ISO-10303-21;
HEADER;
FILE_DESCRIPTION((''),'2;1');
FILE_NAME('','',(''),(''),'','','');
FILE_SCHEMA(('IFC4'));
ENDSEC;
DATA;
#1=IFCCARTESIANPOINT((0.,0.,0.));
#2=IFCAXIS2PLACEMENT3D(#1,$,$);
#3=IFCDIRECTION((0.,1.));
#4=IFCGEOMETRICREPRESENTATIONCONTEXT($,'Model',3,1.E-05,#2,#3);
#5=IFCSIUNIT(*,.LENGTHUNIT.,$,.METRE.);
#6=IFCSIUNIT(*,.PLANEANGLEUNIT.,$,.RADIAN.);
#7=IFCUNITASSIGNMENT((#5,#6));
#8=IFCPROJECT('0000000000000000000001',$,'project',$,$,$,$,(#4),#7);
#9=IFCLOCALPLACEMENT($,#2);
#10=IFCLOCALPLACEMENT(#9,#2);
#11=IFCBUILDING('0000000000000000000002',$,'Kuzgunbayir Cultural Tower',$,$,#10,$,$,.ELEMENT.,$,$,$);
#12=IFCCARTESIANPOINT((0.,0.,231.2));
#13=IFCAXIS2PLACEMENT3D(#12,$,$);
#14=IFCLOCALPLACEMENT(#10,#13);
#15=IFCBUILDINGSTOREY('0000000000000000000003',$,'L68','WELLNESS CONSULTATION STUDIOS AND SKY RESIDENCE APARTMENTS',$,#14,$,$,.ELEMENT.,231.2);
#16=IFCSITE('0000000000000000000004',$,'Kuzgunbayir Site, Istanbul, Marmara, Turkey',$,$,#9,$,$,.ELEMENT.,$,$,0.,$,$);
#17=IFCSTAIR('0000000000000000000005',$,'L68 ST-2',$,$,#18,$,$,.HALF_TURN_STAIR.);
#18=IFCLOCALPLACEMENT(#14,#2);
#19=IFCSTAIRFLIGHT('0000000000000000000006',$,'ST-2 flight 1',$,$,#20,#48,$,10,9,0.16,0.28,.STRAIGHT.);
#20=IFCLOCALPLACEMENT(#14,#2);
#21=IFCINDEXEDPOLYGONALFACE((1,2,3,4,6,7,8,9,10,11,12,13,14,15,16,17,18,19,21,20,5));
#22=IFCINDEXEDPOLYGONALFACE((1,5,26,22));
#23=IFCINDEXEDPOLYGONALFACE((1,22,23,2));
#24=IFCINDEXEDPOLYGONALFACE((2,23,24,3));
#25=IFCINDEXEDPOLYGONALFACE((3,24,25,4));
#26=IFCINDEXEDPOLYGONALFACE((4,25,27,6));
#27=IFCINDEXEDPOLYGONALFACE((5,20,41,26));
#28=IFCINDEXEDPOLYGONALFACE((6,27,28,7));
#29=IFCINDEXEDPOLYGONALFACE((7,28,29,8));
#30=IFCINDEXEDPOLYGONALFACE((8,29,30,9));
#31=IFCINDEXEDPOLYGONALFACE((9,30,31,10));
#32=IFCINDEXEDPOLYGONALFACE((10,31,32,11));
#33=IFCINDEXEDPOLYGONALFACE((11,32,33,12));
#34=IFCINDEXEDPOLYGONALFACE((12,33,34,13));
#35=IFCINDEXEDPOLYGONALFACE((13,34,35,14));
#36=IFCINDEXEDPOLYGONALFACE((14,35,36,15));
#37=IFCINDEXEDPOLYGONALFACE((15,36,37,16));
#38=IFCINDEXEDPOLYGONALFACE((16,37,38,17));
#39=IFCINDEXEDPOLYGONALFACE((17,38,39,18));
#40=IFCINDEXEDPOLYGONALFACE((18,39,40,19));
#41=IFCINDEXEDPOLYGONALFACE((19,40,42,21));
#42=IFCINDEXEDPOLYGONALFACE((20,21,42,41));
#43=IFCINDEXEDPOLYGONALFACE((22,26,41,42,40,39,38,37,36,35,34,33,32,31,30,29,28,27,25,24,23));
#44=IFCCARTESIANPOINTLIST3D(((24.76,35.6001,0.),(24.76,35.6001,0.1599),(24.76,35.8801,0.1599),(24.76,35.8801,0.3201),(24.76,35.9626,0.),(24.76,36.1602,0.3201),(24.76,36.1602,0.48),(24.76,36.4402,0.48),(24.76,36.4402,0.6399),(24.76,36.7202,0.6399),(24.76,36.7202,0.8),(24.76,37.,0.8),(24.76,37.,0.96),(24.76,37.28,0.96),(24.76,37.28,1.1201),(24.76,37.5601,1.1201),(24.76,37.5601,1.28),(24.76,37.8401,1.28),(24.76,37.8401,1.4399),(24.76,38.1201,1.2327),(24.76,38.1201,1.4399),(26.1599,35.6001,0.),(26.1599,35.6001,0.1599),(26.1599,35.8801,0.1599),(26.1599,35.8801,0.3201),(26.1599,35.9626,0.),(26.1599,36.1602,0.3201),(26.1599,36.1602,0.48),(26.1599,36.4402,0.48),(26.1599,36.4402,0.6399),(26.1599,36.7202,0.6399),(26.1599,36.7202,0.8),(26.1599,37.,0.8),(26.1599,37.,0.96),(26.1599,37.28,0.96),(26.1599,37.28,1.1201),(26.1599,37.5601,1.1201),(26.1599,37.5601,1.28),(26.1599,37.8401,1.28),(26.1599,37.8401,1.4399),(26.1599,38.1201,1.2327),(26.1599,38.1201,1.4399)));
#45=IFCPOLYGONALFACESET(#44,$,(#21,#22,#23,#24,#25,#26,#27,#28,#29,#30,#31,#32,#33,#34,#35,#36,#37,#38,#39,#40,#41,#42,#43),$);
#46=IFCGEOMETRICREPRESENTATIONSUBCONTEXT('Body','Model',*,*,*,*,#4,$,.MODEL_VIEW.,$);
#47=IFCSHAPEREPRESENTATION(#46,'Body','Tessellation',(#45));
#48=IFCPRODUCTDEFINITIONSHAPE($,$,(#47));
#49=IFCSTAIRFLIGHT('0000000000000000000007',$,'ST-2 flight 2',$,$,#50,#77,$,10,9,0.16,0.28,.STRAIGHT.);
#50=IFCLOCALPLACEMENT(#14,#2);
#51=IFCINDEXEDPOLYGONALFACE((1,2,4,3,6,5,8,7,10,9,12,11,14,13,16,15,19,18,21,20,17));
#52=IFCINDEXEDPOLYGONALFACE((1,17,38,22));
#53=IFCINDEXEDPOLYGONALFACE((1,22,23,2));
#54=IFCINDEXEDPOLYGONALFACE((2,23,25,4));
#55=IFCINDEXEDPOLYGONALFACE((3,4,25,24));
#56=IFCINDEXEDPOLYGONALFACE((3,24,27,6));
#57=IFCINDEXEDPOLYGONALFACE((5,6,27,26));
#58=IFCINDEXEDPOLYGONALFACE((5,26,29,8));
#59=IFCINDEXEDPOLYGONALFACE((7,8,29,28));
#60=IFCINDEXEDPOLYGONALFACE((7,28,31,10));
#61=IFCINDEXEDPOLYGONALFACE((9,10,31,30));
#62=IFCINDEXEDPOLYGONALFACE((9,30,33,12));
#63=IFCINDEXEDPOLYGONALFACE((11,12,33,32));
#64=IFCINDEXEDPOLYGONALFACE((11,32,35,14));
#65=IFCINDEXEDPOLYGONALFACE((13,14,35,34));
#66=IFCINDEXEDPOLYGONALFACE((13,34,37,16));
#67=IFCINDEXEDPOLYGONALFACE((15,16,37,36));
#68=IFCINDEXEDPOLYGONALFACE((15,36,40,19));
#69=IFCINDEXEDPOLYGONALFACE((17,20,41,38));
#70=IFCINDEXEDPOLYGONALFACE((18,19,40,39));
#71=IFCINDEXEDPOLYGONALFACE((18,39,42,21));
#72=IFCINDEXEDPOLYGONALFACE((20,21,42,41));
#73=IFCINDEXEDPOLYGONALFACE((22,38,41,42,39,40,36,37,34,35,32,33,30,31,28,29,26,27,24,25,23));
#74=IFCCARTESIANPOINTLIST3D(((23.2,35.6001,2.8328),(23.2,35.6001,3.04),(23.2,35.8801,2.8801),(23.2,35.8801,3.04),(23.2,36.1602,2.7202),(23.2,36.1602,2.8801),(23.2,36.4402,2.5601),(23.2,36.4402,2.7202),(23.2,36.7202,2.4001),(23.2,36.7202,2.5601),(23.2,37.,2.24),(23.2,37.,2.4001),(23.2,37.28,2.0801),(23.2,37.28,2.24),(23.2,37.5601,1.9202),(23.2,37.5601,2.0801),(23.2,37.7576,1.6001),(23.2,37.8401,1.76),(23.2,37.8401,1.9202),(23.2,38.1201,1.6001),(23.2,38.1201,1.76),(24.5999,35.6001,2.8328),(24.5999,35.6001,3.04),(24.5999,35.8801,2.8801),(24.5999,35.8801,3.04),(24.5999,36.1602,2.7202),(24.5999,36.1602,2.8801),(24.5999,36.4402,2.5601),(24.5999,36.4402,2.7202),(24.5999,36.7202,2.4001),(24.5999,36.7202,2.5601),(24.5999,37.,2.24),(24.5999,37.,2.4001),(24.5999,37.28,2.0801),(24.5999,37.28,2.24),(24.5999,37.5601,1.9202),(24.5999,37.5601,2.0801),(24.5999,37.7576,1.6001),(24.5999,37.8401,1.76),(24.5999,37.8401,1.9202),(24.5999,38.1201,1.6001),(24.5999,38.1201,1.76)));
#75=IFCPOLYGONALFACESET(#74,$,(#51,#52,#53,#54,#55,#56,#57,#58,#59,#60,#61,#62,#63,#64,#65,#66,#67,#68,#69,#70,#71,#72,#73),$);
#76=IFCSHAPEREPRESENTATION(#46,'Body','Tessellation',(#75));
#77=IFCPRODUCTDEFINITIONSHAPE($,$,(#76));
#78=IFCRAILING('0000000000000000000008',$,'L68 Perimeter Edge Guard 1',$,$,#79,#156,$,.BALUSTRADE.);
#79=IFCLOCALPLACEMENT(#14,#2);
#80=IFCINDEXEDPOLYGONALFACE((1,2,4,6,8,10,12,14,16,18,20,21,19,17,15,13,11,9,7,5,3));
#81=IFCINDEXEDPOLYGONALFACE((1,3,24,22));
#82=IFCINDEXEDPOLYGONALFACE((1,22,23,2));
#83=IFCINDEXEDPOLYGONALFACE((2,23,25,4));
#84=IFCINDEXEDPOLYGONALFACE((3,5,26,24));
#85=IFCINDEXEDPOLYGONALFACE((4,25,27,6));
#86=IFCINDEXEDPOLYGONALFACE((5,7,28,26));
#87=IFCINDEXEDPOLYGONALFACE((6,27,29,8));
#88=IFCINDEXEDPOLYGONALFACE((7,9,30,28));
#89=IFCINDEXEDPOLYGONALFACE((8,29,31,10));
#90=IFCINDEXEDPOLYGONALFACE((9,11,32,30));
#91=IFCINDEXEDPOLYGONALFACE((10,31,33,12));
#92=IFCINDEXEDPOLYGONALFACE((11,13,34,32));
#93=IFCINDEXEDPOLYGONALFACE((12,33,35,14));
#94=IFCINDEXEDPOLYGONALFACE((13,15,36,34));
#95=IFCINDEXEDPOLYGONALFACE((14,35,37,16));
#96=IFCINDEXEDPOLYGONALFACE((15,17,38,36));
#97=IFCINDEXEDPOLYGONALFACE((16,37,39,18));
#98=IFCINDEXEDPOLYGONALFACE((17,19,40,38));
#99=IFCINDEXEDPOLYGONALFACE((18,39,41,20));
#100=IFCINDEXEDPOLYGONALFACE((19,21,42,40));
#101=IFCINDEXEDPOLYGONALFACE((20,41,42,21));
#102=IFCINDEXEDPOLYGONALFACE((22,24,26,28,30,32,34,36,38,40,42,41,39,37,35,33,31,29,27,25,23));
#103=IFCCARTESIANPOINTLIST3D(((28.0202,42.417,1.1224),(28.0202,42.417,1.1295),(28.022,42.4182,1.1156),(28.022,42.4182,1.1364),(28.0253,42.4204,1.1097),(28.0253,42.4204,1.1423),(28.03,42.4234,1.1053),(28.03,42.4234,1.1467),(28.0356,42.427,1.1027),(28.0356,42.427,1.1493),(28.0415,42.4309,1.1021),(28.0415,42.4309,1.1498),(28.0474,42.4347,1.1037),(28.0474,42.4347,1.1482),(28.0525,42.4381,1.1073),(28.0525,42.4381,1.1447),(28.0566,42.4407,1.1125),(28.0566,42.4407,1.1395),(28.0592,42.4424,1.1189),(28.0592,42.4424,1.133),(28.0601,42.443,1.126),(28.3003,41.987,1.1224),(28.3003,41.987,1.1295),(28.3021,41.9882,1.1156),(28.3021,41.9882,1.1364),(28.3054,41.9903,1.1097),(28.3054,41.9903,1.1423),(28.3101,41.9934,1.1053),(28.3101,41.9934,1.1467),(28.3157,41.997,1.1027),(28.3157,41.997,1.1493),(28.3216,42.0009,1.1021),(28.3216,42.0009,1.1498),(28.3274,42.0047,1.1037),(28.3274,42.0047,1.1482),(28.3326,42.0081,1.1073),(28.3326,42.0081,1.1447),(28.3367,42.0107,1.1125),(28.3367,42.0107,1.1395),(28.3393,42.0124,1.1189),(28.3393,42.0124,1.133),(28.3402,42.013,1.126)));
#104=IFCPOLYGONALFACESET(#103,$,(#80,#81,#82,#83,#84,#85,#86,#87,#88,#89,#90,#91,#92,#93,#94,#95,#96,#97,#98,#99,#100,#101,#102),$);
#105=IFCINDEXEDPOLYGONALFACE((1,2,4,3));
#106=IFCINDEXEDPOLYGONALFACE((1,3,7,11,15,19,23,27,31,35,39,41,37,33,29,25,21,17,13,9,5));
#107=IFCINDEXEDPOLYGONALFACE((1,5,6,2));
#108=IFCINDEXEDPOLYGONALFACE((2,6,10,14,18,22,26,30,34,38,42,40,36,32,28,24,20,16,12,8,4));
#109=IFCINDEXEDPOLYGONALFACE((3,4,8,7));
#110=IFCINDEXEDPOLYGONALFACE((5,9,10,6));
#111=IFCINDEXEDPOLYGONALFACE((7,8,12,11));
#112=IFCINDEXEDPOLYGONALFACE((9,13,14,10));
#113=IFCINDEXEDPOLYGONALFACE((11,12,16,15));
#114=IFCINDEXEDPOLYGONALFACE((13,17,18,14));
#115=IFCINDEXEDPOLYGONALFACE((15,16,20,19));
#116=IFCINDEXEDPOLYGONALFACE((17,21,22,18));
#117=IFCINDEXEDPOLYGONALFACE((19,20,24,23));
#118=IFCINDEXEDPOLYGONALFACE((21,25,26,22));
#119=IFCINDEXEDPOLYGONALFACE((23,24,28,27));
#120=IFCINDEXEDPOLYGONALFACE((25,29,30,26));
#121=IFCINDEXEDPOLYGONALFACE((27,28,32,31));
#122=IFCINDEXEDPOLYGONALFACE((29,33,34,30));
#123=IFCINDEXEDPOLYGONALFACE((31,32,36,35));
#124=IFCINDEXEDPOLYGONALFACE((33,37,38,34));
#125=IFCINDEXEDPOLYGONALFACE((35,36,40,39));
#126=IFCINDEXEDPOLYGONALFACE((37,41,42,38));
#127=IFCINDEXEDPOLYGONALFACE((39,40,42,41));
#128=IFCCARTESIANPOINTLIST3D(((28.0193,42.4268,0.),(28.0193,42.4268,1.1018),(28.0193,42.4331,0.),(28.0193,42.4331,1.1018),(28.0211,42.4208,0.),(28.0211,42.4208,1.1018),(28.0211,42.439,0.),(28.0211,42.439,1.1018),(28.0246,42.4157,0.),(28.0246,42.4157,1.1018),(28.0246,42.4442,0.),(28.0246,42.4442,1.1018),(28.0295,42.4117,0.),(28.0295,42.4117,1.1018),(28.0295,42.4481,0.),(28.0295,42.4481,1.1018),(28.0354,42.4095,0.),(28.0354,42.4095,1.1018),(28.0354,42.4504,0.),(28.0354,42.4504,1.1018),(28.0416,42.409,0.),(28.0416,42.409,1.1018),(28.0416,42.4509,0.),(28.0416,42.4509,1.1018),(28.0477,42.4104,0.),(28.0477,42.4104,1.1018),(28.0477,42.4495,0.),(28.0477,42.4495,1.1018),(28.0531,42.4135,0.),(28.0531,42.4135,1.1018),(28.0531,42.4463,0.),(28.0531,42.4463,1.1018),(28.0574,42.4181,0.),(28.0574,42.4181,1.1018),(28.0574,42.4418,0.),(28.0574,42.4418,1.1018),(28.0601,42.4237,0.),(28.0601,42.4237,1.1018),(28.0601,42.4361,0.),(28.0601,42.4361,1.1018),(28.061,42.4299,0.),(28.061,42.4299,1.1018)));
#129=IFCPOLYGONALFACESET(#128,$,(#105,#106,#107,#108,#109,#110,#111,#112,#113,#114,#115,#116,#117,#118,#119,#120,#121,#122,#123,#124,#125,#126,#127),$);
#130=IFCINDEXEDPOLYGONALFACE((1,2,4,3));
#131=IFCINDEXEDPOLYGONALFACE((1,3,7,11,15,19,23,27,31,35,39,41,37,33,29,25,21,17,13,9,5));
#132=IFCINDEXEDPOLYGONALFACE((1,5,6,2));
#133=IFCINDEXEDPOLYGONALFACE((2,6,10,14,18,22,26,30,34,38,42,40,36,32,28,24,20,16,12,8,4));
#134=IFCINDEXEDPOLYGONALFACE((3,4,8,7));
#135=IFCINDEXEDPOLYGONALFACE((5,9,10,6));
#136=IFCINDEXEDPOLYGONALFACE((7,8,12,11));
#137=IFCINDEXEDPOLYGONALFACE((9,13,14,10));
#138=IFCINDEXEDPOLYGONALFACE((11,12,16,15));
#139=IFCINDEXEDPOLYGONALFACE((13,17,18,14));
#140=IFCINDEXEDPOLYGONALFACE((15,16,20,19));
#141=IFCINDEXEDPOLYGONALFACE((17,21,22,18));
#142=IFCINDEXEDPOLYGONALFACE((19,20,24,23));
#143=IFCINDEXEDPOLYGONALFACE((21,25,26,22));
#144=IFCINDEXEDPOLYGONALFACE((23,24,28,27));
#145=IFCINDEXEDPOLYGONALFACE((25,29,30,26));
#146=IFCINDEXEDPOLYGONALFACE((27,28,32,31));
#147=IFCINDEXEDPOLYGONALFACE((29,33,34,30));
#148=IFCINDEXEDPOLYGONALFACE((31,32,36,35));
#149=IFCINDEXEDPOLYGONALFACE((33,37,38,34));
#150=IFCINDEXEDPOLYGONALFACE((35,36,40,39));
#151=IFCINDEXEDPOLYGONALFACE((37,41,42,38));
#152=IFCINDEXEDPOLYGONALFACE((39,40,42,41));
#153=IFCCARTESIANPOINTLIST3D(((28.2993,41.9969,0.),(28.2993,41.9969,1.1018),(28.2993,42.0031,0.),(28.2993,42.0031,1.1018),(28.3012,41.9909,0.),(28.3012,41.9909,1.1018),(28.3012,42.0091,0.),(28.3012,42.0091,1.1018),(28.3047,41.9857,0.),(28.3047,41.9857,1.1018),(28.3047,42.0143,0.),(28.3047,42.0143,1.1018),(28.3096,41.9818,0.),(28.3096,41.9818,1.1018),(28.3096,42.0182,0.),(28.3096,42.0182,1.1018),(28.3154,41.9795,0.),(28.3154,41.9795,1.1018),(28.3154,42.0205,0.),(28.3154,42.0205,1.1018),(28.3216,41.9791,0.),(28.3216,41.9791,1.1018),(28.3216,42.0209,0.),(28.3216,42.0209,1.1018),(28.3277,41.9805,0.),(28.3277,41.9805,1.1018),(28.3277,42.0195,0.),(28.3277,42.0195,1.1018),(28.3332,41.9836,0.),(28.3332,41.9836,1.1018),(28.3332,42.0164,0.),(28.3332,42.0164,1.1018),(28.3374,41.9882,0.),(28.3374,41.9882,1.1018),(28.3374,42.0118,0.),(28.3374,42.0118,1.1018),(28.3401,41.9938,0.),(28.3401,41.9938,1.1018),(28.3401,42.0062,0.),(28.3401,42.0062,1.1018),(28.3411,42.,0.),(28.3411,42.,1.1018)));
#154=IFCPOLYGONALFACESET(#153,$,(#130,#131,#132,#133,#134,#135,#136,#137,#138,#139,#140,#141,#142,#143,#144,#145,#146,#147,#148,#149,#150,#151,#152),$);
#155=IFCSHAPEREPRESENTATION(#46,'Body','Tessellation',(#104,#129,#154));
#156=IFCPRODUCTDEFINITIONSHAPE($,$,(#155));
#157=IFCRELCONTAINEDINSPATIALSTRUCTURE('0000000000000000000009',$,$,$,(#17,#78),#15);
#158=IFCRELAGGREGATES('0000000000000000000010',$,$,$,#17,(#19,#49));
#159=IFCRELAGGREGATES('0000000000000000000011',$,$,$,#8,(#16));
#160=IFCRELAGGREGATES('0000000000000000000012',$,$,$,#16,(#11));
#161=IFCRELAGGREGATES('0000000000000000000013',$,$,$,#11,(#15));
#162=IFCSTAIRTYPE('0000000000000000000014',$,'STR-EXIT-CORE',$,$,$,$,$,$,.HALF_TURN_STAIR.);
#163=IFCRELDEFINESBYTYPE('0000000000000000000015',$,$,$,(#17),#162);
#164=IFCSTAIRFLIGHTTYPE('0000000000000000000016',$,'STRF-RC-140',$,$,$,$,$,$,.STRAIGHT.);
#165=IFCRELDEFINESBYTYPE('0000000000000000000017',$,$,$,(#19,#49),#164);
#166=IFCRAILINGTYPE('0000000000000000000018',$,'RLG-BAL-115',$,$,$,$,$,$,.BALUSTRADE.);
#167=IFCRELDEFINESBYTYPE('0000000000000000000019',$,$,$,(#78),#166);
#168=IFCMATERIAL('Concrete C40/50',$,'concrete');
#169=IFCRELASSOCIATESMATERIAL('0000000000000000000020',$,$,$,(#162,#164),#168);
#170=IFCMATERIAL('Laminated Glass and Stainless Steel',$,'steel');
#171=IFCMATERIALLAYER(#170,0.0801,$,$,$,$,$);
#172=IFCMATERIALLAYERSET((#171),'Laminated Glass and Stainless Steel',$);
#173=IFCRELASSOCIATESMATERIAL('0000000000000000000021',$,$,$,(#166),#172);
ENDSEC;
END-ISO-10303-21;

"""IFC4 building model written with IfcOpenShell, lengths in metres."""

from ifc_helpers import new_model, si_unit, direction, frame, origin, origin_2d, place, context, subcontext, project, spatial, polyline, circle, outline, extrude, material, layer, layer_set, type_object, element, aggregate, save


model = new_model("IFC4")

# Units and contexts
model_context = context("Model", 3, precision=1e-05, world=origin(), true_north=direction((0.0, 1.0)))
body_context = subcontext(model_context, "Body", "Model", "MODEL_VIEW")
ifc_project = project(units=[si_unit("LENGTHUNIT", "METRE"), si_unit("PLANEANGLEUNIT", "RADIAN")], contexts=[model_context])

# Site, building, storey
site_placement = place(None, origin())
site = spatial("IfcSite", under=ifc_project, at=site_placement, Name="Kuzgunbayir Site, Istanbul, Marmara, Turkey", CompositionType="ELEMENT", RefElevation=0.0)
building_placement = place(site_placement, origin())
building = spatial("IfcBuilding", under=site, at=building_placement, Name="Kuzgunbayir Cultural Tower", CompositionType="ELEMENT")
storey_placement = place(building_placement, frame((0.0, 0.0, 231.2)))
storey = spatial("IfcBuildingStorey", under=building, at=storey_placement, Name="L68", Description="WELLNESS CONSULTATION STUDIOS AND SKY RESIDENCE APARTMENTS", CompositionType="ELEMENT", Elevation=231.2)

# Shared definitions
ifc_material_1 = material(Name="Concrete C40/50", Category="concrete")

# Stair, stair flights
stair_type = type_object("IfcStairType", Name="STR-EXIT-CORE", PredefinedType="HALF_TURN_STAIR", material=ifc_material_1)
stair_placement = place(storey_placement, origin())
stair = element("IfcStair", 1, at=stair_placement, inside=storey, type_object=stair_type, Name="L68 ST-2", PredefinedType="HALF_TURN_STAIR")
stair_flight_type = type_object("IfcStairFlightType", Name="STRF-RC-140", PredefinedType="STRAIGHT", material=ifc_material_1)
stair_flight_1_placement = place(storey_placement, frame((25.46, 35.6001, 0.0), z_axis=(0.0, 0.0, 1.0), x_axis=(0.0, 1.0, 0.0)))
stair_flight_1 = element("IfcStairFlight", 2, at=stair_flight_1_placement, type_object=stair_flight_type, Name="ST-2 flight 1", NumberOfRisers=10, NumberOfTreads=9, PredefinedType="STRAIGHT", RiserHeight=0.16, TreadLength=0.28, context=body_context, shape_type="SweptSolid", body=[
    extrude(outline(polyline([(0.0, 0.0), (0.0, 0.1599), (0.28, 0.1599), (0.28, 0.3201), (0.5601, 0.3201), (0.5601, 0.48), (0.8401, 0.48), (0.8401, 0.6399), (1.1201, 0.6399), (1.1201, 0.8), (1.3999, 0.8), (1.3999, 0.96), (1.6799, 0.96), (1.6799, 1.1201), (1.96, 1.1201), (1.96, 1.28), (2.24, 1.28), (2.24, 1.4399), (2.52, 1.4399), (2.52, 1.6001), (2.52, 1.2327), (0.3625, 0.0), (0.0, 0.0)])), frame((0.0, 0.7, 0.0), z_axis=(0.0, -1.0, 0.0), x_axis=(1.0, 0.0, 0.0)), (0.0, 0.0, 1.0), 1.3999),
])
stair_flight_2_placement = place(storey_placement, frame((23.8999, 38.1201, 1.6001), z_axis=(0.0, 0.0, 1.0), x_axis=(0.0, -1.0, 0.0)))
stair_flight_2 = element("IfcStairFlight", 3, at=stair_flight_2_placement, type_object=stair_flight_type, Name="ST-2 flight 2", NumberOfRisers=10, NumberOfTreads=9, PredefinedType="STRAIGHT", RiserHeight=0.16, TreadLength=0.28, context=body_context, shape_type="SweptSolid", body=[
    extrude(outline(polyline([(0.0, 0.0), (0.0, 0.1599), (0.28, 0.1599), (0.28, 0.3201), (0.5601, 0.3201), (0.5601, 0.48), (0.8401, 0.48), (0.8401, 0.6399), (1.1201, 0.6399), (1.1201, 0.8), (1.3999, 0.8), (1.3999, 0.96), (1.6799, 0.96), (1.6799, 1.1201), (1.96, 1.1201), (1.96, 1.28), (2.24, 1.28), (2.24, 1.4399), (2.52, 1.4399), (2.52, 1.6001), (2.52, 1.2327), (0.3625, 0.0), (0.0, 0.0)])), frame((0.0, 0.7, 0.0), z_axis=(0.0, -1.0, 0.0), x_axis=(1.0, 0.0, 0.0)), (0.0, 0.0, 1.0), 1.3999),
])
aggregate(stair, [stair_flight_1, stair_flight_2])

# Railing
ifc_material_2 = material(Name="Laminated Glass and Stainless Steel", Category="steel")
ifc_layer_1 = layer(ifc_material_2, 0.0801)
ifc_layer_set_1 = layer_set([ifc_layer_1], Name="Laminated Glass and Stainless Steel")
railing_type_1 = type_object("IfcRailingType", Name="RLG-BAL-115", PredefinedType="BALUSTRADE", material=ifc_layer_set_1)
railing_1_placement = place(storey_placement, frame((28.04, 42.4299, 0.0)))
element("IfcRailing", 4, at=railing_1_placement, inside=storey, type_object=railing_type_1, Name="L68 Perimeter Edge Guard 1", PredefinedType="BALUSTRADE", context=body_context, shape_type="SweptSolid", body=[
    extrude(circle(Radius=0.0239, at=origin_2d()), frame((0.0, 0.0, 1.126), z_axis=(0.545774, -0.837932, 0.0), x_axis=(0.837932, 0.545774, 0.0)), (0.0, 0.0, 1.0), 0.5132),
    extrude(circle(Radius=0.021, at=origin_2d()), origin(), (0.0, 0.0, 1.0), 1.1018),
    extrude(circle(Radius=0.021, at=origin_2d()), frame((0.28, -0.4299, 0.0)), (0.0, 0.0, 1.0), 1.1018),
])

save(model, "model.ifc")
